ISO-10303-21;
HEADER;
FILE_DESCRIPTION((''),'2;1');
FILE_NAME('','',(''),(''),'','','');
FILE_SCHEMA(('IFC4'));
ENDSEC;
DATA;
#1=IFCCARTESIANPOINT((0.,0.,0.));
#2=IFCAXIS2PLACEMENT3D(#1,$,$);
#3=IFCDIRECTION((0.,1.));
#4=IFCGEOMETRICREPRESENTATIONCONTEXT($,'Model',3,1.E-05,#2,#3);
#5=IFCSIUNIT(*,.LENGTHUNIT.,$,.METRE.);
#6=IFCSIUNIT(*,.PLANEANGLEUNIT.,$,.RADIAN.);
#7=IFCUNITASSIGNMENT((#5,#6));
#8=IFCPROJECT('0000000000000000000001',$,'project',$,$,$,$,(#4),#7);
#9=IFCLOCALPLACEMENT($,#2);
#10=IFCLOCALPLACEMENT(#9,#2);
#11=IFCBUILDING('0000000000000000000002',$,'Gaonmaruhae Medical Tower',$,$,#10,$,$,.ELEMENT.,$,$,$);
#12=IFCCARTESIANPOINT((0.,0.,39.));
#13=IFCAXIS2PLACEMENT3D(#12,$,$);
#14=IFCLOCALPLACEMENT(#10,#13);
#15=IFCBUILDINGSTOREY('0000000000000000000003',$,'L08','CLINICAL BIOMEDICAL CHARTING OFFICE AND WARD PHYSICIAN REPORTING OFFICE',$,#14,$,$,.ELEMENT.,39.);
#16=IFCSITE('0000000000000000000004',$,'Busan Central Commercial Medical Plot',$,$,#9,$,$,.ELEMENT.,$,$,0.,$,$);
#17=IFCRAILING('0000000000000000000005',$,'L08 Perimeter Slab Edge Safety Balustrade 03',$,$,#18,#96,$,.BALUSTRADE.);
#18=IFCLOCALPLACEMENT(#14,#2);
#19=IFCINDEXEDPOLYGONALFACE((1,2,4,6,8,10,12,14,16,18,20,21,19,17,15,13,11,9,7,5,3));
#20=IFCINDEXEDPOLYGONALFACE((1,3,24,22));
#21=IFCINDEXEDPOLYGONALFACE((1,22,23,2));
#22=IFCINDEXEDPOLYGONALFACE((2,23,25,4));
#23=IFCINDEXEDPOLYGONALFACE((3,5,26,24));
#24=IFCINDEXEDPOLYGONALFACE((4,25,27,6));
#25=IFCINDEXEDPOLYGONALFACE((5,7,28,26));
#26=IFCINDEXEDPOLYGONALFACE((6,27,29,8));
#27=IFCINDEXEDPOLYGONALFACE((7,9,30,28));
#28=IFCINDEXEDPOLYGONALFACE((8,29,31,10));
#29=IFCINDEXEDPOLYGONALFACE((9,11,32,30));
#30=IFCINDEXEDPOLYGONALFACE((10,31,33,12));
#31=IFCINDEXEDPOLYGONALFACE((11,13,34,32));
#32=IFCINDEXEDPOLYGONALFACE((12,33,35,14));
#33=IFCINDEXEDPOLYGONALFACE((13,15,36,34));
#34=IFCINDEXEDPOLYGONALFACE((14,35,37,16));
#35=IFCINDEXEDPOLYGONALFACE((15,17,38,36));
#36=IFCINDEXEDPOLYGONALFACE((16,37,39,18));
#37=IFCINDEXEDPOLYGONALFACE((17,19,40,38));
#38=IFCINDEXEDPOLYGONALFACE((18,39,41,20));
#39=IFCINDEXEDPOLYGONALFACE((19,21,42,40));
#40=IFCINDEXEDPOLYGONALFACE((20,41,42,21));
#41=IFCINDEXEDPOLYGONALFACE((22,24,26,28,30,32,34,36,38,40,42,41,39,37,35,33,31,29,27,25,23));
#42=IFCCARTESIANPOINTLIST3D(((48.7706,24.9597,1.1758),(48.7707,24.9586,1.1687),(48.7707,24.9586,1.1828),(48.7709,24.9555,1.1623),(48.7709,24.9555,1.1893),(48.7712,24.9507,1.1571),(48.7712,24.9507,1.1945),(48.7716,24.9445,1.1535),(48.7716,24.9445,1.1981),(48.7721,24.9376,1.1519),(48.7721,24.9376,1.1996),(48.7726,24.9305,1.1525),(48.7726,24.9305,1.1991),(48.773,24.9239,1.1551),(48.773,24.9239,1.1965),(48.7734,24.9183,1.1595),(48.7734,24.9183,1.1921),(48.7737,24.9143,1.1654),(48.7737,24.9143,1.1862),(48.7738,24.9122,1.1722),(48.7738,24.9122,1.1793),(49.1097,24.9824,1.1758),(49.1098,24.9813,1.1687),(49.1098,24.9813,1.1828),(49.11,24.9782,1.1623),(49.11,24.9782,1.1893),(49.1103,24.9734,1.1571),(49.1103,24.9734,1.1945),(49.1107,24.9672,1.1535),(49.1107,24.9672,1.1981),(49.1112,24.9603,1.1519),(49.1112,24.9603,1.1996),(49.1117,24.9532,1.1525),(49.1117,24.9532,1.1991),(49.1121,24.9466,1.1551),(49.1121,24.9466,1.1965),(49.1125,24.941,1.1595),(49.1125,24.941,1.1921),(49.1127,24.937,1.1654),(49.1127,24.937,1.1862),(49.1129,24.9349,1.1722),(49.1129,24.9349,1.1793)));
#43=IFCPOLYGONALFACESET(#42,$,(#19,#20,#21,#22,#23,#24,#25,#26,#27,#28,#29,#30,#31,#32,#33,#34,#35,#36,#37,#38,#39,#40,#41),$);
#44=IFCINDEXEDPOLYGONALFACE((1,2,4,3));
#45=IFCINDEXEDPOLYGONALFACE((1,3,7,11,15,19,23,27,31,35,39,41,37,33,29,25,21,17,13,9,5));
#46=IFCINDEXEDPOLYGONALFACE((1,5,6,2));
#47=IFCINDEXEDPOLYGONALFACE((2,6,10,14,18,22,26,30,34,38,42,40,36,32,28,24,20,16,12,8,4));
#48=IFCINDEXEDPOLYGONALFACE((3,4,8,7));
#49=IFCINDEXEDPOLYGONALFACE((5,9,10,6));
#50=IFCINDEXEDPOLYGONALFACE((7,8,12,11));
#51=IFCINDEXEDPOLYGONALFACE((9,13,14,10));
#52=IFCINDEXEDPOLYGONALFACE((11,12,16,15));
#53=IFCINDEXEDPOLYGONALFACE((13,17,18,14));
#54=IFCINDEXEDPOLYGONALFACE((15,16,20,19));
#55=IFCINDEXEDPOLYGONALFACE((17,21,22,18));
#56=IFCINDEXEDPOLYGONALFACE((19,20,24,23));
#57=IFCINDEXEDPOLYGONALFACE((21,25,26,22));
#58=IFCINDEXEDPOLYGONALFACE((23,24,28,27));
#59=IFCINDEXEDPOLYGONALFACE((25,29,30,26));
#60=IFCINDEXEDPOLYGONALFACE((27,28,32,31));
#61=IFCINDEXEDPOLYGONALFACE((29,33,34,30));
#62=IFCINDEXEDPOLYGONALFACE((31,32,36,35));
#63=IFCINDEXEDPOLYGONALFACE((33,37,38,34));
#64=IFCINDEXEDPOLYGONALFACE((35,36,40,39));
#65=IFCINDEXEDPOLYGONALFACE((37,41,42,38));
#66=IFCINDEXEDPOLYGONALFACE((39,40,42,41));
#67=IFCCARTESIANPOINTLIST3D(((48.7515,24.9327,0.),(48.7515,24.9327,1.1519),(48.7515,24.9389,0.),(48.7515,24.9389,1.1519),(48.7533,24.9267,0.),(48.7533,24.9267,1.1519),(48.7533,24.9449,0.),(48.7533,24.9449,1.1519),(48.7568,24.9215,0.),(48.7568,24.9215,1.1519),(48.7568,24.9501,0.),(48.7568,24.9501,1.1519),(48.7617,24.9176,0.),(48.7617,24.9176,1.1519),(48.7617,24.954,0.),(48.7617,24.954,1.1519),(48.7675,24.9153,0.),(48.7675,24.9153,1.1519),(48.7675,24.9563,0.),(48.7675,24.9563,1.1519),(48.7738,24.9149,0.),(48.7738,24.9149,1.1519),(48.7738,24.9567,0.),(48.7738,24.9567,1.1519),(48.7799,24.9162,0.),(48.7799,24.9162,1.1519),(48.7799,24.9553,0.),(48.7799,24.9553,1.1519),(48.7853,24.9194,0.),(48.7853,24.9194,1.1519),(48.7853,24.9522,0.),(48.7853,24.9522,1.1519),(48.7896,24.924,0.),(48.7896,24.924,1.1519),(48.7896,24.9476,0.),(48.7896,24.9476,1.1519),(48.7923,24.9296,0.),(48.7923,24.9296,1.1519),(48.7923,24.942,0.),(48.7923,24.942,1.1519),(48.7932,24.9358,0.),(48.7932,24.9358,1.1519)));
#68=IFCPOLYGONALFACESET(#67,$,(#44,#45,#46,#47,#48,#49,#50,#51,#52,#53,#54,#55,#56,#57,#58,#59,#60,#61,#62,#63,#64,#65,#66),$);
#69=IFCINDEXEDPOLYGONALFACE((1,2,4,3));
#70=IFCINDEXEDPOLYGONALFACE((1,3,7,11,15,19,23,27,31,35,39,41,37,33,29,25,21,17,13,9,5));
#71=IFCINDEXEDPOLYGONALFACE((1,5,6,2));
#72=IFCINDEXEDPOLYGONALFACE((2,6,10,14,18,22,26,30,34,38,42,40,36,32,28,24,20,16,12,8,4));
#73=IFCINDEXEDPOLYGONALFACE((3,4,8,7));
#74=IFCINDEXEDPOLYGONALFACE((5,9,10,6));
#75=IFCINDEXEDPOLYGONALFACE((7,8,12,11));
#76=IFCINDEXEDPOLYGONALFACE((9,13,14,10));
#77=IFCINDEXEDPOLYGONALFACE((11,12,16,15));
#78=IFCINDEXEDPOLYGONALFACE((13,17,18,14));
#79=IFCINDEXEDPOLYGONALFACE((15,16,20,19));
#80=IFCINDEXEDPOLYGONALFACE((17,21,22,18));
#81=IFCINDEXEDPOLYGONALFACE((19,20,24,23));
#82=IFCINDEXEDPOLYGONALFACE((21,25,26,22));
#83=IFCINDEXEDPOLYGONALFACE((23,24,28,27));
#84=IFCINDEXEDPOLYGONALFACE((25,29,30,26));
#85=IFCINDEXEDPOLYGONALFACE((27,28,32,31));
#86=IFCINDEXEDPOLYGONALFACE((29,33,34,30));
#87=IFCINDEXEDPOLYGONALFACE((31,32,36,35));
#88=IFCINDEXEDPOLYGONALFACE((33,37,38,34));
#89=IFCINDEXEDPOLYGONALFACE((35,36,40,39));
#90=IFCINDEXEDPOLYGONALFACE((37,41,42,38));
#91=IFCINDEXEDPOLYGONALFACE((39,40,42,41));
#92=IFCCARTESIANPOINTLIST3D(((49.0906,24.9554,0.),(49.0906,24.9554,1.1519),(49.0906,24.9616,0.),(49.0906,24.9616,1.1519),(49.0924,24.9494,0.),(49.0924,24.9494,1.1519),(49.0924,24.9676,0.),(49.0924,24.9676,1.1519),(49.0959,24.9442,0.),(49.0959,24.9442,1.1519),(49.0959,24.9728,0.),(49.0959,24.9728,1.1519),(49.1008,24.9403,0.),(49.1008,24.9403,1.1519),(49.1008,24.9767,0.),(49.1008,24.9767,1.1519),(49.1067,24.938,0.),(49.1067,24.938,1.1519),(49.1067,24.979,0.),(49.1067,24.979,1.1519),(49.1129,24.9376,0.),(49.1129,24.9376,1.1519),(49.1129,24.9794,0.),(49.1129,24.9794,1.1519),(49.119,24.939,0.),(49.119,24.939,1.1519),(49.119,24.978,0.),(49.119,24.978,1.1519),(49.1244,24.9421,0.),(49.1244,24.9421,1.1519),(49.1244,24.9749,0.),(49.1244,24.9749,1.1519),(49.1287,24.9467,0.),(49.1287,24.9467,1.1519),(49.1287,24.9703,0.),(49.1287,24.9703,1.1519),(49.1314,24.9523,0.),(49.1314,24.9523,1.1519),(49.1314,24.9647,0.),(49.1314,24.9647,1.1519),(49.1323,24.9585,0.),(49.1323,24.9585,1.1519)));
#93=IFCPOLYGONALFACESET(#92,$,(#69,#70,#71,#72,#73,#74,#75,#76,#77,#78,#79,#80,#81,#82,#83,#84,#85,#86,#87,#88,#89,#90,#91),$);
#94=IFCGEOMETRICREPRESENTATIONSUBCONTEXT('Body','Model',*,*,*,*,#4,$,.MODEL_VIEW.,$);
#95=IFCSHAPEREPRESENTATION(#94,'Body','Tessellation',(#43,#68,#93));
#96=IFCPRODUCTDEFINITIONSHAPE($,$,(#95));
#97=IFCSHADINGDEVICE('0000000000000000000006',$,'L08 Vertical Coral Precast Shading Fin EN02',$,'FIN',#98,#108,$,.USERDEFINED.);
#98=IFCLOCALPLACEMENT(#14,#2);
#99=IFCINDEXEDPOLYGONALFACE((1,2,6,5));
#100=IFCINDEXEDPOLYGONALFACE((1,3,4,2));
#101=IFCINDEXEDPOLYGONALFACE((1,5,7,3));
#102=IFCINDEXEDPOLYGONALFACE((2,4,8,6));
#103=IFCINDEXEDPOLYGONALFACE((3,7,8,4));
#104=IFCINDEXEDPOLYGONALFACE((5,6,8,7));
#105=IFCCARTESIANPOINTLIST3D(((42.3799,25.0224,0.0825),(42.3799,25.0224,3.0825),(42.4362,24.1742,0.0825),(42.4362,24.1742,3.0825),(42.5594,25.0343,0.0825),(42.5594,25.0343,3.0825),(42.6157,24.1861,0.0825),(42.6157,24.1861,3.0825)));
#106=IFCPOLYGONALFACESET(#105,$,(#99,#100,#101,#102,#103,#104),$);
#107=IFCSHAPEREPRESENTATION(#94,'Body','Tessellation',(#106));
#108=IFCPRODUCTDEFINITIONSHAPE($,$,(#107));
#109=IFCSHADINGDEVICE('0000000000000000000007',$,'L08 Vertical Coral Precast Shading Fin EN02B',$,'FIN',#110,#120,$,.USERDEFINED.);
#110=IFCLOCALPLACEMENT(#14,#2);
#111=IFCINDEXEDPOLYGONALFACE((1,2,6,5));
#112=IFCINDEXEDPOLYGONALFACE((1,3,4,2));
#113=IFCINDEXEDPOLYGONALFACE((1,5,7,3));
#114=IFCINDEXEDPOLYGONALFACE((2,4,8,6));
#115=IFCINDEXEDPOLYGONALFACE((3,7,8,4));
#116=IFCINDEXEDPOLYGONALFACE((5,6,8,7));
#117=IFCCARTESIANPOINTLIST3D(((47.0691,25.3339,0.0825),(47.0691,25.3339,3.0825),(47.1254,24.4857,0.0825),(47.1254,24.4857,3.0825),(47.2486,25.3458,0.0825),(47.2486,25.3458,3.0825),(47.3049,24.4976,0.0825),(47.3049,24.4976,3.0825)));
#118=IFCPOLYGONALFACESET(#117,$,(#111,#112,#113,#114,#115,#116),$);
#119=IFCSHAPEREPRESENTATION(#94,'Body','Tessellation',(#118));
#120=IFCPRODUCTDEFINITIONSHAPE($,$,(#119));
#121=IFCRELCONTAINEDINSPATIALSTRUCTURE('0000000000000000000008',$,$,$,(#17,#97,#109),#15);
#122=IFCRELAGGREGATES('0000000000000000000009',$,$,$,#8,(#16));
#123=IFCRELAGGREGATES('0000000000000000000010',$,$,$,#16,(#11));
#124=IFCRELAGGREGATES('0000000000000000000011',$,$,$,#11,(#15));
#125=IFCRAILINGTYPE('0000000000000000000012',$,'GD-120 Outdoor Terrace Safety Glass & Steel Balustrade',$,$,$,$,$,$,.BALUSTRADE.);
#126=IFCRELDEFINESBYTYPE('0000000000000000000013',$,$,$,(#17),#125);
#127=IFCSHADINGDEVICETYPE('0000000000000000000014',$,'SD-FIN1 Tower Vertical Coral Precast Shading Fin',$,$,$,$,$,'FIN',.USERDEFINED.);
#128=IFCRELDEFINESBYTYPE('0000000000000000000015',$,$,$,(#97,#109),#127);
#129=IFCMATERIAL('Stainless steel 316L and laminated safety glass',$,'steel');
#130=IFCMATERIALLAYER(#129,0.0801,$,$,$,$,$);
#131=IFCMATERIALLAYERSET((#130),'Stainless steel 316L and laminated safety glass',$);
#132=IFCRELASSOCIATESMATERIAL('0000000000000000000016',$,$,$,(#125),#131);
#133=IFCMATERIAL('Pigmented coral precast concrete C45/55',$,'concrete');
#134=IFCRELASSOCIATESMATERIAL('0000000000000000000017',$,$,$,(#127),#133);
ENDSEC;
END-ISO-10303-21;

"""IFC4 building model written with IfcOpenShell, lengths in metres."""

from ifc_helpers import new_model, si_unit, direction, frame, origin, origin_2d, place, context, subcontext, project, spatial, rectangle, circle, extrude, material, layer, layer_set, type_object, element, save


model = new_model("IFC4")

# Units and contexts
model_context = context("Model", 3, precision=1e-05, world=origin(), true_north=direction((0.0, 1.0)))
body_context = subcontext(model_context, "Body", "Model", "MODEL_VIEW")
ifc_project = project(units=[si_unit("LENGTHUNIT", "METRE"), si_unit("PLANEANGLEUNIT", "RADIAN")], contexts=[model_context])

# Site, building, storey
site_placement = place(None, origin())
site = spatial("IfcSite", under=ifc_project, at=site_placement, Name="Busan Central Commercial Medical Plot", CompositionType="ELEMENT", RefElevation=0.0)
building_placement = place(site_placement, origin())
building = spatial("IfcBuilding", under=site, at=building_placement, Name="Gaonmaruhae Medical Tower", CompositionType="ELEMENT")
storey_placement = place(building_placement, frame((0.0, 0.0, 39.0)))
storey = spatial("IfcBuildingStorey", under=building, at=storey_placement, Name="L08", Description="CLINICAL BIOMEDICAL CHARTING OFFICE AND WARD PHYSICIAN REPORTING OFFICE", CompositionType="ELEMENT", Elevation=39.0)

# Railing
ifc_material_1 = material(Name="Stainless steel 316L and laminated safety glass", Category="steel")
ifc_layer_1 = layer(ifc_material_1, 0.0801)
ifc_layer_set_1 = layer_set([ifc_layer_1], Name="Stainless steel 316L and laminated safety glass")
railing_type = type_object("IfcRailingType", Name="GD-120 Outdoor Terrace Safety Glass & Steel Balustrade", PredefinedType="BALUSTRADE", material=ifc_layer_set_1)
railing_placement = place(storey_placement, frame((48.7722, 24.9358, 0.0)))
element("IfcRailing", 1, at=railing_placement, inside=storey, type_object=railing_type, Name="L08 Perimeter Slab Edge Safety Balustrade 03", PredefinedType="BALUSTRADE", context=body_context, shape_type="SweptSolid", body=[
    extrude(circle(Radius=0.0239, at=origin_2d()), frame((0.0, 0.0, 1.1758), z_axis=(0.997766, 0.066805, 0.0), x_axis=(-0.066805, 0.997766, 0.0)), (0.0, 0.0, 1.0), 0.3398),
    extrude(circle(Radius=0.021, at=origin_2d()), origin(), (0.0, 0.0, 1.0), 1.1519),
    extrude(circle(Radius=0.021, at=origin_2d()), frame((0.3391, 0.0227, 0.0)), (0.0, 0.0, 1.0), 1.1519),
])

# Shading devices
ifc_material_2 = material(Name="Pigmented coral precast concrete C45/55", Category="concrete")
shading_device_type = type_object("IfcShadingDeviceType", Name="SD-FIN1 Tower Vertical Coral Precast Shading Fin", ElementType="FIN", PredefinedType="USERDEFINED", material=ifc_material_2)
for number, where, z_axis, x_axis, name in (
    (2, (42.4978, 24.6042, 0.0825), (0.0, 0.0, 1.0), (0.997801, 0.066274, 0.0), "L08 Vertical Coral Precast Shading Fin EN02"),
    (3, (47.187, 24.9158, 0.0825), (0.0, 0.0, 1.0), (0.997801, 0.066274, 0.0), "L08 Vertical Coral Precast Shading Fin EN02B"),
):
    element("IfcShadingDevice", number, at=place(storey_placement, frame(where, z_axis=z_axis, x_axis=x_axis)), inside=storey, type_object=shading_device_type, Name=name, ObjectType="FIN", PredefinedType="USERDEFINED", context=body_context, shape_type="SweptSolid", body=[
        extrude(rectangle(XDim=0.1799, YDim=0.8501, at=origin_2d()), origin(), (0.0, 0.0, 1.0), 3.0),
    ])

save(model, "model.ifc")
